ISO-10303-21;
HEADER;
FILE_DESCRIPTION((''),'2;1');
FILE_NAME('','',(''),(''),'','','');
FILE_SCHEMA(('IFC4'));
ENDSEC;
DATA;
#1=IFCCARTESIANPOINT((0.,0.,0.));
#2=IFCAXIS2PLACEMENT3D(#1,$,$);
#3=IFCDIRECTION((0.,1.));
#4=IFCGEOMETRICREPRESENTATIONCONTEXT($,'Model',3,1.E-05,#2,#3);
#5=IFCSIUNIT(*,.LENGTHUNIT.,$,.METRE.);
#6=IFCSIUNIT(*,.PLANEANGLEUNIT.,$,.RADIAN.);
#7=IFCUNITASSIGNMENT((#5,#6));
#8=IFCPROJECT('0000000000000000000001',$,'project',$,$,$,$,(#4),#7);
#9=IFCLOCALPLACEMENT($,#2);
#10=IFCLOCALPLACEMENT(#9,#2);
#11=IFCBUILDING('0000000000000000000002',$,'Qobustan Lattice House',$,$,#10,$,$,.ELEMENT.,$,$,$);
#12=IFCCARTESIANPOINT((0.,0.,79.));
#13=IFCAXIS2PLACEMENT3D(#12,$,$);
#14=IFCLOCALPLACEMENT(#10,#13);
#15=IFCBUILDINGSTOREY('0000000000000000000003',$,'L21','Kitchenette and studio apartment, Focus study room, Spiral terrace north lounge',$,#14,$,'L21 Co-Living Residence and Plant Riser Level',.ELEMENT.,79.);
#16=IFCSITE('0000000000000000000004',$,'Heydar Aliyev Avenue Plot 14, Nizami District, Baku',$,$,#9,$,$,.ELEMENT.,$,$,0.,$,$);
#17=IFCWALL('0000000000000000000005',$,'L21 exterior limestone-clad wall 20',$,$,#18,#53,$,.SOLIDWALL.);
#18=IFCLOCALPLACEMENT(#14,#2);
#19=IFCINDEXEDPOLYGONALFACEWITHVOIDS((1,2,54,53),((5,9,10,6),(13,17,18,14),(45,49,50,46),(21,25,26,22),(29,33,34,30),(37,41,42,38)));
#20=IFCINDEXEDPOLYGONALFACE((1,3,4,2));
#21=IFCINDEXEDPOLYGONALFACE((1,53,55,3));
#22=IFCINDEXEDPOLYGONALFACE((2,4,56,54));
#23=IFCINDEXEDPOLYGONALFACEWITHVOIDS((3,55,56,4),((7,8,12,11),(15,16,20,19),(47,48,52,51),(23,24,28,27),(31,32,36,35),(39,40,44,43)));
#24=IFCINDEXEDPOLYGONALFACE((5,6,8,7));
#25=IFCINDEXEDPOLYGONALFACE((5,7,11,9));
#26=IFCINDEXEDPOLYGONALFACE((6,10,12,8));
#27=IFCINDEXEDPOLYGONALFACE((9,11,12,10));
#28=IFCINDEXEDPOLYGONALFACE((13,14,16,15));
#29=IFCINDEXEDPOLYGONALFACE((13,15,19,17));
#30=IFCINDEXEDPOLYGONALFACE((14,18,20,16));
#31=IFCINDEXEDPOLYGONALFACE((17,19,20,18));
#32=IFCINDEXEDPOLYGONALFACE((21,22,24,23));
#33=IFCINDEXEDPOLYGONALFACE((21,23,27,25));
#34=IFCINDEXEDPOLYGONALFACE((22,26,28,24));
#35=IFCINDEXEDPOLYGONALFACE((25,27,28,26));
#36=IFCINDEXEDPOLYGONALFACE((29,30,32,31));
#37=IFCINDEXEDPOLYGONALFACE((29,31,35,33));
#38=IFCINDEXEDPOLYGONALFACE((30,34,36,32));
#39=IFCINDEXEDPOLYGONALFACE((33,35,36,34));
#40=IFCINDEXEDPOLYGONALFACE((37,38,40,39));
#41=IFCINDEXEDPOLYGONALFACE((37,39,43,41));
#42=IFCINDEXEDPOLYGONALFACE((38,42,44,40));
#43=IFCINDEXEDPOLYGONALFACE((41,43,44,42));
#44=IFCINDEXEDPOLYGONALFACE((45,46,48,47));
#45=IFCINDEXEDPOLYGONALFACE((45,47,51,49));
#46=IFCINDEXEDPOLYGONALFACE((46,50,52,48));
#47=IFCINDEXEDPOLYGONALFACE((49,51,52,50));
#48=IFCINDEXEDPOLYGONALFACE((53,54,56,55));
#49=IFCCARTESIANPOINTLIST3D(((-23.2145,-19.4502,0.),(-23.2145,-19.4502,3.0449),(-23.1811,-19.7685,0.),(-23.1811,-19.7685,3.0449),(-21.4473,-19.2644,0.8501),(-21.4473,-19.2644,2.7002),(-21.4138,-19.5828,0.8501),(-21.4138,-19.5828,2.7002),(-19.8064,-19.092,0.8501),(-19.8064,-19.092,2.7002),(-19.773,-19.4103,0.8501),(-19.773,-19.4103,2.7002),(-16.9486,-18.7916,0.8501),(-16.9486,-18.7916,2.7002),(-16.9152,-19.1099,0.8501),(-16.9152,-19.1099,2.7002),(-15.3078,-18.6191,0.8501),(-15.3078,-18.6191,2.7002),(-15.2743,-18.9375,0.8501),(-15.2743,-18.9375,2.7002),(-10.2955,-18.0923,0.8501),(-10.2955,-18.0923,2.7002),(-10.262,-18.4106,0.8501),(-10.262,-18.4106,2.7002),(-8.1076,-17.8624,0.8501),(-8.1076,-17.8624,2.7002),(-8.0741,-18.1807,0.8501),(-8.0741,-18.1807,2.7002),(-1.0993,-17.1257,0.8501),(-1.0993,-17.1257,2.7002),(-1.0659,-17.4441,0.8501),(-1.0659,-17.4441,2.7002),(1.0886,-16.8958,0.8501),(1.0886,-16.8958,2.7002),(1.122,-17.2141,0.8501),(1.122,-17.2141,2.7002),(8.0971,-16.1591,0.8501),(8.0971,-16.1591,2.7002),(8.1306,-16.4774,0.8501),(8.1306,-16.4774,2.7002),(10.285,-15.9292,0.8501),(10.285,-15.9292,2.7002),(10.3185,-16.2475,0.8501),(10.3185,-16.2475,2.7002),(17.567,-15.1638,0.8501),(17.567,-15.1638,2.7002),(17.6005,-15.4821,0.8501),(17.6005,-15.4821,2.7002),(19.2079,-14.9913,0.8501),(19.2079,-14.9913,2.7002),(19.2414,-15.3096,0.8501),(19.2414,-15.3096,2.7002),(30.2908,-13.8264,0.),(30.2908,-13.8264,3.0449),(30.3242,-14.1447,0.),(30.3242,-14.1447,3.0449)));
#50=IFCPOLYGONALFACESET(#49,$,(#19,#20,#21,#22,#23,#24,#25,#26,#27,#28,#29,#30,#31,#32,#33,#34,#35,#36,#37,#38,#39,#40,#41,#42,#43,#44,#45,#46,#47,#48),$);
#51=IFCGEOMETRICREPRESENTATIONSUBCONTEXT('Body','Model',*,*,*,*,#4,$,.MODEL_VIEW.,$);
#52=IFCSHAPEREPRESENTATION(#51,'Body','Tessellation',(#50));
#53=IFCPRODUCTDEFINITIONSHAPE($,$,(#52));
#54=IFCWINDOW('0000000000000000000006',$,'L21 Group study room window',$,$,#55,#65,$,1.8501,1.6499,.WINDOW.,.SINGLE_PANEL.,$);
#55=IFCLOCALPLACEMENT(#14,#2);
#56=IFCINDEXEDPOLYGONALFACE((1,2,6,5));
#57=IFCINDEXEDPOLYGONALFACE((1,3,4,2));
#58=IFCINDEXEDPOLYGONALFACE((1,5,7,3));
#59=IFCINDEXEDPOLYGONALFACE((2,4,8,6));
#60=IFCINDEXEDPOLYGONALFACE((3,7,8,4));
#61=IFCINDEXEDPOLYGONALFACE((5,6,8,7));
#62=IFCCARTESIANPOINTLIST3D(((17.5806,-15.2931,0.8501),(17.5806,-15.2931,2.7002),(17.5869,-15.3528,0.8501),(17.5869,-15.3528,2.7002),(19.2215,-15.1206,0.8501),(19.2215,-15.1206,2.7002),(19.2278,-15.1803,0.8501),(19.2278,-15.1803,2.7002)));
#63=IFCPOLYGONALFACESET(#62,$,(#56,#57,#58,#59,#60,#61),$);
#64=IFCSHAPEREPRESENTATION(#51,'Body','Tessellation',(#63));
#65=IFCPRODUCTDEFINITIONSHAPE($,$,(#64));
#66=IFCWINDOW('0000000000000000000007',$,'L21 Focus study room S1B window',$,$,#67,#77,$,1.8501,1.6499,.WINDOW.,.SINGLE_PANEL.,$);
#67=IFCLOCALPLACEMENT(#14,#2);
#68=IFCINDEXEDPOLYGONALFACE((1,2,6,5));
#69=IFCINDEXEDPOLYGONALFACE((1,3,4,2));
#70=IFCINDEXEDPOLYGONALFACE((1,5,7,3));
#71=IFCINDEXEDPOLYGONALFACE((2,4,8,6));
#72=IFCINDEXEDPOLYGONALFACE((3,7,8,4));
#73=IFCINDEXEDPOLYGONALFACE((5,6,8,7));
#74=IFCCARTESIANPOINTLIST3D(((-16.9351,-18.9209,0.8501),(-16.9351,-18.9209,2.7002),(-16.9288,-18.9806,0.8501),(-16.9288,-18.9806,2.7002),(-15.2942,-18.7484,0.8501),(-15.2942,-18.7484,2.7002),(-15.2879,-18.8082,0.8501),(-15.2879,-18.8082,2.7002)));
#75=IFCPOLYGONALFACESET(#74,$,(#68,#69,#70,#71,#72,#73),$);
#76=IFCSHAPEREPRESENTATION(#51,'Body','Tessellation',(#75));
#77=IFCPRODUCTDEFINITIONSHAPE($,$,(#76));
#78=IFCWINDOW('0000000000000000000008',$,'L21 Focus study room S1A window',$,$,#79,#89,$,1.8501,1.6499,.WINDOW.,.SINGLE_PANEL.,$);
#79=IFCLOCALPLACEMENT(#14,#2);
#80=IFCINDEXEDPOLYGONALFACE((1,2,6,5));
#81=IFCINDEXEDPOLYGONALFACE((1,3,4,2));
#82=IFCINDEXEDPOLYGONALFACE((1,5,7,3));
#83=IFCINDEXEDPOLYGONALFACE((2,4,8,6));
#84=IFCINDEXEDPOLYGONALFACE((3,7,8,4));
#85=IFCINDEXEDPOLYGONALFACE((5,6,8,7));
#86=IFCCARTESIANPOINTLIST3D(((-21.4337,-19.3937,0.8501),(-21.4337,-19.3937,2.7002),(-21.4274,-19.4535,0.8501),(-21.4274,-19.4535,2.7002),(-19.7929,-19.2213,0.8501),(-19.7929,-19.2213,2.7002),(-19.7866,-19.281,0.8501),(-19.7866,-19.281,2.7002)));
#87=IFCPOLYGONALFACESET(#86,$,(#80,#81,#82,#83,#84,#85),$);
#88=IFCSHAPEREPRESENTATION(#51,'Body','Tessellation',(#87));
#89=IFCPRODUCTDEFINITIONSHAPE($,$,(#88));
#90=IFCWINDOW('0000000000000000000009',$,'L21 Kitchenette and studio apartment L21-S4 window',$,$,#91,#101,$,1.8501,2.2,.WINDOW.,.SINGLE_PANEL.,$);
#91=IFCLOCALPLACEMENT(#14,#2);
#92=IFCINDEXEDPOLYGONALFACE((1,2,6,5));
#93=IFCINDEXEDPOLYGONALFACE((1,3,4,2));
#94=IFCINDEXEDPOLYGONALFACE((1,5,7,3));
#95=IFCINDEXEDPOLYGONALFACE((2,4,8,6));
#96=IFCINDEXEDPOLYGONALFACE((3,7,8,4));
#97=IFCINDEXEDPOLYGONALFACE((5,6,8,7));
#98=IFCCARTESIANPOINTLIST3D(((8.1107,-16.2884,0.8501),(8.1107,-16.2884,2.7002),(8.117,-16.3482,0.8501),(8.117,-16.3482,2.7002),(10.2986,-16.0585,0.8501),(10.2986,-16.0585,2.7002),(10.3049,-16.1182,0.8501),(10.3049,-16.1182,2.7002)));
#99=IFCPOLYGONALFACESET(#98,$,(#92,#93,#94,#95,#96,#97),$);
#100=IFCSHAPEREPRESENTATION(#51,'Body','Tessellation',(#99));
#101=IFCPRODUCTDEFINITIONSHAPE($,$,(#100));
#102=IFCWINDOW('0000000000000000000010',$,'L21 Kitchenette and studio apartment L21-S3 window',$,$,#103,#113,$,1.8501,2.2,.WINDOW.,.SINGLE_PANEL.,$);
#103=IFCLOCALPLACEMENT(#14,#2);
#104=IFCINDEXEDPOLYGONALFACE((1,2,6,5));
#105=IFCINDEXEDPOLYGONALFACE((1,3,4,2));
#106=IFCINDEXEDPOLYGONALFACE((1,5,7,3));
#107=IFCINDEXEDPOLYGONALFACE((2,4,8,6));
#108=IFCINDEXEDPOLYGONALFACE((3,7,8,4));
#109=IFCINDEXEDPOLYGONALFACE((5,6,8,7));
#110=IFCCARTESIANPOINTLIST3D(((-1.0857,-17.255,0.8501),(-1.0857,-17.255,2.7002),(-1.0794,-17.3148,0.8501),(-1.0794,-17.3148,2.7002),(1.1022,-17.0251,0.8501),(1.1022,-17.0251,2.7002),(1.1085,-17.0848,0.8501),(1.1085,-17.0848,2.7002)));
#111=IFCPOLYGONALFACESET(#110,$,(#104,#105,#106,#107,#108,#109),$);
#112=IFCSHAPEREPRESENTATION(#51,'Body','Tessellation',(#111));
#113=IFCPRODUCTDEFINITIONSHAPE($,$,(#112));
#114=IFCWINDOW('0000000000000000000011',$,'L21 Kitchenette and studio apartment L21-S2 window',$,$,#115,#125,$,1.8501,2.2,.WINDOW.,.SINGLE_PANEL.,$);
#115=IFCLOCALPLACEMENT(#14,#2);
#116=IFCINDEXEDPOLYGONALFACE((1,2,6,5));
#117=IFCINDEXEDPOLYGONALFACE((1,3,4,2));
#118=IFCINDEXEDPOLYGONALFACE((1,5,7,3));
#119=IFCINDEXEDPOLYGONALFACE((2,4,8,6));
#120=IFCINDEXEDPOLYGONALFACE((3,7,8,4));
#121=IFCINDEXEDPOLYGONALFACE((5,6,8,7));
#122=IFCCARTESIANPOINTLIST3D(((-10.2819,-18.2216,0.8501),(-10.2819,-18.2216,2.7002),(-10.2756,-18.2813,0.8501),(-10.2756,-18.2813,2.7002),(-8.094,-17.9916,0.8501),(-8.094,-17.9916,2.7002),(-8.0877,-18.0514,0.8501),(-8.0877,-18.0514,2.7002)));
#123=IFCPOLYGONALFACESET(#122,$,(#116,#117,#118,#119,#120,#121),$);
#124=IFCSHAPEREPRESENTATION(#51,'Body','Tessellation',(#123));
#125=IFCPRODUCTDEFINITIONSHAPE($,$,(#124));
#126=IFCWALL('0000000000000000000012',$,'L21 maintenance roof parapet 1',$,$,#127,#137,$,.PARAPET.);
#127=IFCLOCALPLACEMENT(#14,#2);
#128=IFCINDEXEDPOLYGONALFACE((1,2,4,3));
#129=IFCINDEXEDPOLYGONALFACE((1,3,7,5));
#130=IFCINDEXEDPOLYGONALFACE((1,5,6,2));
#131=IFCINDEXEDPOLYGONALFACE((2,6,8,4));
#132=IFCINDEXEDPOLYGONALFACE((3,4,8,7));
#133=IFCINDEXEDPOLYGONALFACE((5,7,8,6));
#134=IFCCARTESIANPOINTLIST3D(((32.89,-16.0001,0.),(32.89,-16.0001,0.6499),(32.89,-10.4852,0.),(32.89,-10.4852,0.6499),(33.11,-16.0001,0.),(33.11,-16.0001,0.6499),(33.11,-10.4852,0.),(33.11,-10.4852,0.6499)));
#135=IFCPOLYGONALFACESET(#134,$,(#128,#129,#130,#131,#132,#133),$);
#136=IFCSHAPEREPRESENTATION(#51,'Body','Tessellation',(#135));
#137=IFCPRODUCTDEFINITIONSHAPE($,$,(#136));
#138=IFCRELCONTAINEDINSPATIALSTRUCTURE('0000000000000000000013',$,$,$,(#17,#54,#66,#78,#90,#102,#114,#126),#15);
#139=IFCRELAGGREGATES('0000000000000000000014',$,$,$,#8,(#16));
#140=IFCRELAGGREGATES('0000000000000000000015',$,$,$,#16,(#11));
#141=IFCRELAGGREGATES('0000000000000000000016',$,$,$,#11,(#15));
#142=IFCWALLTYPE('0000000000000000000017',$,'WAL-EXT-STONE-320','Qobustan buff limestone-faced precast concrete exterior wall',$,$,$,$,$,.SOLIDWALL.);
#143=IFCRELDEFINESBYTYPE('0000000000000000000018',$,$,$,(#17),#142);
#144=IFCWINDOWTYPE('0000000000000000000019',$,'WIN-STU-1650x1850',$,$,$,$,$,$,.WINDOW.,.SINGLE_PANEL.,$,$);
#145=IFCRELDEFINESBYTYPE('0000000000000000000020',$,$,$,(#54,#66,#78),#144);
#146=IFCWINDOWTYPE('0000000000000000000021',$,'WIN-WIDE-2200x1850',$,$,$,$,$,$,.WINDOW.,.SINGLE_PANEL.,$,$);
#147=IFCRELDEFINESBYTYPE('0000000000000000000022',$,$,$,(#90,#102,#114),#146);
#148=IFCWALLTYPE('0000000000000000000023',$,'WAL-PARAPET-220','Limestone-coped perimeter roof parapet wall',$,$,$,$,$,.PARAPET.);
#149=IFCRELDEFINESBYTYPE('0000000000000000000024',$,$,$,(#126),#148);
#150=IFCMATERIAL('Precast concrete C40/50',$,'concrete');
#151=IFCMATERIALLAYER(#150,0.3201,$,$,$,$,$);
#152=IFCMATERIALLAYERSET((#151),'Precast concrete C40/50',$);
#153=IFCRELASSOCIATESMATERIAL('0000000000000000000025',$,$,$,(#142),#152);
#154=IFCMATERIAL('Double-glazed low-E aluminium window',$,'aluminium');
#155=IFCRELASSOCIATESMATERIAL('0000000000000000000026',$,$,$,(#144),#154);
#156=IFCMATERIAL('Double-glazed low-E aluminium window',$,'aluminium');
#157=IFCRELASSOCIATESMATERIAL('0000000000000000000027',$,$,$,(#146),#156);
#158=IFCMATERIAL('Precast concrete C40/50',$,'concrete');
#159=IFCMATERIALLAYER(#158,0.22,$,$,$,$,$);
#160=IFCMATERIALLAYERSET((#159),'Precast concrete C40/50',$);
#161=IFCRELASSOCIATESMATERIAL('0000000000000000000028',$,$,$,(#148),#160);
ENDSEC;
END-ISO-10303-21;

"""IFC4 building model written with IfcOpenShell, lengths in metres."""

from ifc_helpers import new_model, si_unit, direction, frame, frame_2d, origin, place, context, subcontext, project, spatial, rectangle, extrude, material, layer, layer_set, type_object, element, fill, save


model = new_model("IFC4")

# Units and contexts
model_context = context("Model", 3, precision=1e-05, world=origin(), true_north=direction((0.0, 1.0)))
body_context = subcontext(model_context, "Body", "Model", "MODEL_VIEW")
ifc_project = project(units=[si_unit("LENGTHUNIT", "METRE"), si_unit("PLANEANGLEUNIT", "RADIAN")], contexts=[model_context])

# Site, building, storey
site_placement = place(None, origin())
site = spatial("IfcSite", under=ifc_project, at=site_placement, Name="Heydar Aliyev Avenue Plot 14, Nizami District, Baku", CompositionType="ELEMENT", RefElevation=0.0)
building_placement = place(site_placement, origin())
building = spatial("IfcBuilding", under=site, at=building_placement, Name="Qobustan Lattice House", CompositionType="ELEMENT")
storey_placement = place(building_placement, frame((0.0, 0.0, 79.0)))
storey = spatial("IfcBuildingStorey", under=building, at=storey_placement, Name="L21", Description="Kitchenette and studio apartment, Focus study room, Spiral terrace north lounge", LongName="L21 Co-Living Residence and Plant Riser Level", CompositionType="ELEMENT", Elevation=79.0)

# Shared definitions
ifc_material_1 = material(Name="Precast concrete C40/50", Category="concrete")
ifc_layer_1 = layer(ifc_material_1, 0.3201)
ifc_layer_set_1 = layer_set([ifc_layer_1], Name="Precast concrete C40/50")
wall_type_1 = type_object("IfcWallType", Name="WAL-EXT-STONE-320", Description="Qobustan buff limestone-faced precast concrete exterior wall", PredefinedType="SOLIDWALL", material=ifc_layer_set_1)

# Wall, openings, windows
wall_1_placement = place(storey_placement, frame((30.3074, -13.9856, 0.0), z_axis=(0.0, 0.0, 1.0), x_axis=(-0.994522, -0.104531, 0.0)))
wall_1 = element("IfcWall", 1, at=wall_1_placement, inside=storey, type_object=wall_type_1, Name="L21 exterior limestone-clad wall 20", PredefinedType="SOLIDWALL", context=body_context, shape_type="SweptSolid", body=[
    extrude(rectangle(XDim=53.8, YDim=0.3201, at=frame_2d((26.8999, 0.0))), origin(), (0.0, 0.0, 1.0), 3.0449),
])
opening_1_placement = place(wall_1_placement, frame((11.1438, 0.0, 0.8501)))
opening_1 = element("IfcOpeningElement", 2, at=opening_1_placement, cuts=wall_1, PredefinedType="OPENING", context=body_context, shape_type="SweptSolid", body=[
    extrude(rectangle(XDim=1.6499, YDim=1.8501, at=frame_2d((0.825, 0.925))), frame((0.0, 0.1699, 0.0), z_axis=(0.0, -1.0, 0.0), x_axis=(1.0, 0.0, 0.0)), (0.0, 0.0, 1.0), 0.3401),
])
opening_2_placement = place(wall_1_placement, frame((20.1157, 0.0, 0.8501)))
opening_2 = element("IfcOpeningElement", 3, at=opening_2_placement, cuts=wall_1, PredefinedType="OPENING", context=body_context, shape_type="SweptSolid", body=[
    extrude(rectangle(XDim=2.2, YDim=1.8501, at=frame_2d((1.1001, 0.925))), frame((0.0, 0.1699, 0.0), z_axis=(0.0, -1.0, 0.0), x_axis=(1.0, 0.0, 0.0)), (0.0, 0.0, 1.0), 0.3401),
])
opening_3_placement = place(wall_1_placement, frame((29.3628, 0.0, 0.8501)))
opening_3 = element("IfcOpeningElement", 4, at=opening_3_placement, cuts=wall_1, PredefinedType="OPENING", context=body_context, shape_type="SweptSolid", body=[
    extrude(rectangle(XDim=2.2, YDim=1.8501, at=frame_2d((1.1001, 0.925))), frame((0.0, 0.1699, 0.0), z_axis=(0.0, -1.0, 0.0), x_axis=(1.0, 0.0, 0.0)), (0.0, 0.0, 1.0), 0.3401),
])
opening_4_placement = place(wall_1_placement, frame((38.6096, 0.0, 0.8501)))
opening_4 = element("IfcOpeningElement", 5, at=opening_4_placement, cuts=wall_1, PredefinedType="OPENING", context=body_context, shape_type="SweptSolid", body=[
    extrude(rectangle(XDim=2.2, YDim=1.8501, at=frame_2d((1.1001, 0.925))), frame((0.0, 0.1699, 0.0), z_axis=(0.0, -1.0, 0.0), x_axis=(1.0, 0.0, 0.0)), (0.0, 0.0, 1.0), 0.3401),
])
opening_5_placement = place(wall_1_placement, frame((45.8496, 0.0, 0.8501)))
opening_5 = element("IfcOpeningElement", 6, at=opening_5_placement, cuts=wall_1, PredefinedType="OPENING", context=body_context, shape_type="SweptSolid", body=[
    extrude(rectangle(XDim=1.6499, YDim=1.8501, at=frame_2d((0.825, 0.925))), frame((0.0, 0.1699, 0.0), z_axis=(0.0, -1.0, 0.0), x_axis=(1.0, 0.0, 0.0)), (0.0, 0.0, 1.0), 0.3401),
])
opening_6_placement = place(wall_1_placement, frame((50.373, 0.0, 0.8501)))
opening_6 = element("IfcOpeningElement", 7, at=opening_6_placement, cuts=wall_1, PredefinedType="OPENING", context=body_context, shape_type="SweptSolid", body=[
    extrude(rectangle(XDim=1.6499, YDim=1.8501, at=frame_2d((0.825, 0.925))), frame((0.0, 0.1699, 0.0), z_axis=(0.0, -1.0, 0.0), x_axis=(1.0, 0.0, 0.0)), (0.0, 0.0, 1.0), 0.3401),
])
ifc_material_2 = material(Name="Double-glazed low-E aluminium window", Category="aluminium")
window_type_1 = type_object("IfcWindowType", Name="WIN-STU-1650x1850", PartitioningType="SINGLE_PANEL", PredefinedType="WINDOW", material=ifc_material_2)
window_1_placement = place(opening_1_placement, origin())
window_1 = element("IfcWindow", 8, at=window_1_placement, inside=storey, type_object=window_type_1, Name="L21 Group study room window", OverallHeight=1.8501, OverallWidth=1.6499, PartitioningType="SINGLE_PANEL", PredefinedType="WINDOW", context=body_context, shape_type="SweptSolid", body=[
    extrude(rectangle(XDim=1.6499, YDim=1.8501, at=frame_2d((0.825, 0.925))), frame((0.0, 0.03, 0.0), z_axis=(0.0, -1.0, 0.0), x_axis=(1.0, 0.0, 0.0)), (0.0, 0.0, 1.0), 0.0601),
])
fill(opening_1, window_1)
window_2_placement = place(opening_5_placement, origin())
window_2 = element("IfcWindow", 9, at=window_2_placement, inside=storey, type_object=window_type_1, Name="L21 Focus study room S1B window", OverallHeight=1.8501, OverallWidth=1.6499, PartitioningType="SINGLE_PANEL", PredefinedType="WINDOW", context=body_context, shape_type="SweptSolid", body=[
    extrude(rectangle(XDim=1.6499, YDim=1.8501, at=frame_2d((0.825, 0.925))), frame((0.0, 0.03, 0.0), z_axis=(0.0, -1.0, 0.0), x_axis=(1.0, 0.0, 0.0)), (0.0, 0.0, 1.0), 0.0601),
])
fill(opening_5, window_2)
window_3_placement = place(opening_6_placement, origin())
window_3 = element("IfcWindow", 10, at=window_3_placement, inside=storey, type_object=window_type_1, Name="L21 Focus study room S1A window", OverallHeight=1.8501, OverallWidth=1.6499, PartitioningType="SINGLE_PANEL", PredefinedType="WINDOW", context=body_context, shape_type="SweptSolid", body=[
    extrude(rectangle(XDim=1.6499, YDim=1.8501, at=frame_2d((0.825, 0.925))), frame((0.0, 0.03, 0.0), z_axis=(0.0, -1.0, 0.0), x_axis=(1.0, 0.0, 0.0)), (0.0, 0.0, 1.0), 0.0601),
])
fill(opening_6, window_3)
ifc_material_3 = material(Name="Double-glazed low-E aluminium window", Category="aluminium")
window_type_2 = type_object("IfcWindowType", Name="WIN-WIDE-2200x1850", PartitioningType="SINGLE_PANEL", PredefinedType="WINDOW", material=ifc_material_3)
window_4_placement = place(opening_2_placement, origin())
window_4 = element("IfcWindow", 11, at=window_4_placement, inside=storey, type_object=window_type_2, Name="L21 Kitchenette and studio apartment L21-S4 window", OverallHeight=1.8501, OverallWidth=2.2, PartitioningType="SINGLE_PANEL", PredefinedType="WINDOW", context=body_context, shape_type="SweptSolid", body=[
    extrude(rectangle(XDim=2.2, YDim=1.8501, at=frame_2d((1.1001, 0.925))), frame((0.0, 0.03, 0.0), z_axis=(0.0, -1.0, 0.0), x_axis=(1.0, 0.0, 0.0)), (0.0, 0.0, 1.0), 0.0601),
])
fill(opening_2, window_4)
window_5_placement = place(opening_3_placement, origin())
window_5 = element("IfcWindow", 12, at=window_5_placement, inside=storey, type_object=window_type_2, Name="L21 Kitchenette and studio apartment L21-S3 window", OverallHeight=1.8501, OverallWidth=2.2, PartitioningType="SINGLE_PANEL", PredefinedType="WINDOW", context=body_context, shape_type="SweptSolid", body=[
    extrude(rectangle(XDim=2.2, YDim=1.8501, at=frame_2d((1.1001, 0.925))), frame((0.0, 0.03, 0.0), z_axis=(0.0, -1.0, 0.0), x_axis=(1.0, 0.0, 0.0)), (0.0, 0.0, 1.0), 0.0601),
])
fill(opening_3, window_5)
window_6_placement = place(opening_4_placement, origin())
window_6 = element("IfcWindow", 13, at=window_6_placement, inside=storey, type_object=window_type_2, Name="L21 Kitchenette and studio apartment L21-S2 window", OverallHeight=1.8501, OverallWidth=2.2, PartitioningType="SINGLE_PANEL", PredefinedType="WINDOW", context=body_context, shape_type="SweptSolid", body=[
    extrude(rectangle(XDim=2.2, YDim=1.8501, at=frame_2d((1.1001, 0.925))), frame((0.0, 0.03, 0.0), z_axis=(0.0, -1.0, 0.0), x_axis=(1.0, 0.0, 0.0)), (0.0, 0.0, 1.0), 0.0601),
])
fill(opening_4, window_6)

# Wall
ifc_material_4 = material(Name="Precast concrete C40/50", Category="concrete")
ifc_layer_2 = layer(ifc_material_4, 0.22)
ifc_layer_set_2 = layer_set([ifc_layer_2], Name="Precast concrete C40/50")
wall_type_2 = type_object("IfcWallType", Name="WAL-PARAPET-220", Description="Limestone-coped perimeter roof parapet wall", PredefinedType="PARAPET", material=ifc_layer_set_2)
wall_2_placement = place(storey_placement, frame((33.0, -16.0, 0.0), z_axis=(0.0, 0.0, 1.0), x_axis=(0.0, 1.0, 0.0)))
element("IfcWall", 14, at=wall_2_placement, inside=storey, type_object=wall_type_2, Name="L21 maintenance roof parapet 1", PredefinedType="PARAPET", context=body_context, shape_type="SweptSolid", body=[
    extrude(rectangle(XDim=5.5149, YDim=0.22, at=frame_2d((2.7573, 0.0))), origin(), (0.0, 0.0, 1.0), 0.6499),
])

save(model, "model.ifc")
